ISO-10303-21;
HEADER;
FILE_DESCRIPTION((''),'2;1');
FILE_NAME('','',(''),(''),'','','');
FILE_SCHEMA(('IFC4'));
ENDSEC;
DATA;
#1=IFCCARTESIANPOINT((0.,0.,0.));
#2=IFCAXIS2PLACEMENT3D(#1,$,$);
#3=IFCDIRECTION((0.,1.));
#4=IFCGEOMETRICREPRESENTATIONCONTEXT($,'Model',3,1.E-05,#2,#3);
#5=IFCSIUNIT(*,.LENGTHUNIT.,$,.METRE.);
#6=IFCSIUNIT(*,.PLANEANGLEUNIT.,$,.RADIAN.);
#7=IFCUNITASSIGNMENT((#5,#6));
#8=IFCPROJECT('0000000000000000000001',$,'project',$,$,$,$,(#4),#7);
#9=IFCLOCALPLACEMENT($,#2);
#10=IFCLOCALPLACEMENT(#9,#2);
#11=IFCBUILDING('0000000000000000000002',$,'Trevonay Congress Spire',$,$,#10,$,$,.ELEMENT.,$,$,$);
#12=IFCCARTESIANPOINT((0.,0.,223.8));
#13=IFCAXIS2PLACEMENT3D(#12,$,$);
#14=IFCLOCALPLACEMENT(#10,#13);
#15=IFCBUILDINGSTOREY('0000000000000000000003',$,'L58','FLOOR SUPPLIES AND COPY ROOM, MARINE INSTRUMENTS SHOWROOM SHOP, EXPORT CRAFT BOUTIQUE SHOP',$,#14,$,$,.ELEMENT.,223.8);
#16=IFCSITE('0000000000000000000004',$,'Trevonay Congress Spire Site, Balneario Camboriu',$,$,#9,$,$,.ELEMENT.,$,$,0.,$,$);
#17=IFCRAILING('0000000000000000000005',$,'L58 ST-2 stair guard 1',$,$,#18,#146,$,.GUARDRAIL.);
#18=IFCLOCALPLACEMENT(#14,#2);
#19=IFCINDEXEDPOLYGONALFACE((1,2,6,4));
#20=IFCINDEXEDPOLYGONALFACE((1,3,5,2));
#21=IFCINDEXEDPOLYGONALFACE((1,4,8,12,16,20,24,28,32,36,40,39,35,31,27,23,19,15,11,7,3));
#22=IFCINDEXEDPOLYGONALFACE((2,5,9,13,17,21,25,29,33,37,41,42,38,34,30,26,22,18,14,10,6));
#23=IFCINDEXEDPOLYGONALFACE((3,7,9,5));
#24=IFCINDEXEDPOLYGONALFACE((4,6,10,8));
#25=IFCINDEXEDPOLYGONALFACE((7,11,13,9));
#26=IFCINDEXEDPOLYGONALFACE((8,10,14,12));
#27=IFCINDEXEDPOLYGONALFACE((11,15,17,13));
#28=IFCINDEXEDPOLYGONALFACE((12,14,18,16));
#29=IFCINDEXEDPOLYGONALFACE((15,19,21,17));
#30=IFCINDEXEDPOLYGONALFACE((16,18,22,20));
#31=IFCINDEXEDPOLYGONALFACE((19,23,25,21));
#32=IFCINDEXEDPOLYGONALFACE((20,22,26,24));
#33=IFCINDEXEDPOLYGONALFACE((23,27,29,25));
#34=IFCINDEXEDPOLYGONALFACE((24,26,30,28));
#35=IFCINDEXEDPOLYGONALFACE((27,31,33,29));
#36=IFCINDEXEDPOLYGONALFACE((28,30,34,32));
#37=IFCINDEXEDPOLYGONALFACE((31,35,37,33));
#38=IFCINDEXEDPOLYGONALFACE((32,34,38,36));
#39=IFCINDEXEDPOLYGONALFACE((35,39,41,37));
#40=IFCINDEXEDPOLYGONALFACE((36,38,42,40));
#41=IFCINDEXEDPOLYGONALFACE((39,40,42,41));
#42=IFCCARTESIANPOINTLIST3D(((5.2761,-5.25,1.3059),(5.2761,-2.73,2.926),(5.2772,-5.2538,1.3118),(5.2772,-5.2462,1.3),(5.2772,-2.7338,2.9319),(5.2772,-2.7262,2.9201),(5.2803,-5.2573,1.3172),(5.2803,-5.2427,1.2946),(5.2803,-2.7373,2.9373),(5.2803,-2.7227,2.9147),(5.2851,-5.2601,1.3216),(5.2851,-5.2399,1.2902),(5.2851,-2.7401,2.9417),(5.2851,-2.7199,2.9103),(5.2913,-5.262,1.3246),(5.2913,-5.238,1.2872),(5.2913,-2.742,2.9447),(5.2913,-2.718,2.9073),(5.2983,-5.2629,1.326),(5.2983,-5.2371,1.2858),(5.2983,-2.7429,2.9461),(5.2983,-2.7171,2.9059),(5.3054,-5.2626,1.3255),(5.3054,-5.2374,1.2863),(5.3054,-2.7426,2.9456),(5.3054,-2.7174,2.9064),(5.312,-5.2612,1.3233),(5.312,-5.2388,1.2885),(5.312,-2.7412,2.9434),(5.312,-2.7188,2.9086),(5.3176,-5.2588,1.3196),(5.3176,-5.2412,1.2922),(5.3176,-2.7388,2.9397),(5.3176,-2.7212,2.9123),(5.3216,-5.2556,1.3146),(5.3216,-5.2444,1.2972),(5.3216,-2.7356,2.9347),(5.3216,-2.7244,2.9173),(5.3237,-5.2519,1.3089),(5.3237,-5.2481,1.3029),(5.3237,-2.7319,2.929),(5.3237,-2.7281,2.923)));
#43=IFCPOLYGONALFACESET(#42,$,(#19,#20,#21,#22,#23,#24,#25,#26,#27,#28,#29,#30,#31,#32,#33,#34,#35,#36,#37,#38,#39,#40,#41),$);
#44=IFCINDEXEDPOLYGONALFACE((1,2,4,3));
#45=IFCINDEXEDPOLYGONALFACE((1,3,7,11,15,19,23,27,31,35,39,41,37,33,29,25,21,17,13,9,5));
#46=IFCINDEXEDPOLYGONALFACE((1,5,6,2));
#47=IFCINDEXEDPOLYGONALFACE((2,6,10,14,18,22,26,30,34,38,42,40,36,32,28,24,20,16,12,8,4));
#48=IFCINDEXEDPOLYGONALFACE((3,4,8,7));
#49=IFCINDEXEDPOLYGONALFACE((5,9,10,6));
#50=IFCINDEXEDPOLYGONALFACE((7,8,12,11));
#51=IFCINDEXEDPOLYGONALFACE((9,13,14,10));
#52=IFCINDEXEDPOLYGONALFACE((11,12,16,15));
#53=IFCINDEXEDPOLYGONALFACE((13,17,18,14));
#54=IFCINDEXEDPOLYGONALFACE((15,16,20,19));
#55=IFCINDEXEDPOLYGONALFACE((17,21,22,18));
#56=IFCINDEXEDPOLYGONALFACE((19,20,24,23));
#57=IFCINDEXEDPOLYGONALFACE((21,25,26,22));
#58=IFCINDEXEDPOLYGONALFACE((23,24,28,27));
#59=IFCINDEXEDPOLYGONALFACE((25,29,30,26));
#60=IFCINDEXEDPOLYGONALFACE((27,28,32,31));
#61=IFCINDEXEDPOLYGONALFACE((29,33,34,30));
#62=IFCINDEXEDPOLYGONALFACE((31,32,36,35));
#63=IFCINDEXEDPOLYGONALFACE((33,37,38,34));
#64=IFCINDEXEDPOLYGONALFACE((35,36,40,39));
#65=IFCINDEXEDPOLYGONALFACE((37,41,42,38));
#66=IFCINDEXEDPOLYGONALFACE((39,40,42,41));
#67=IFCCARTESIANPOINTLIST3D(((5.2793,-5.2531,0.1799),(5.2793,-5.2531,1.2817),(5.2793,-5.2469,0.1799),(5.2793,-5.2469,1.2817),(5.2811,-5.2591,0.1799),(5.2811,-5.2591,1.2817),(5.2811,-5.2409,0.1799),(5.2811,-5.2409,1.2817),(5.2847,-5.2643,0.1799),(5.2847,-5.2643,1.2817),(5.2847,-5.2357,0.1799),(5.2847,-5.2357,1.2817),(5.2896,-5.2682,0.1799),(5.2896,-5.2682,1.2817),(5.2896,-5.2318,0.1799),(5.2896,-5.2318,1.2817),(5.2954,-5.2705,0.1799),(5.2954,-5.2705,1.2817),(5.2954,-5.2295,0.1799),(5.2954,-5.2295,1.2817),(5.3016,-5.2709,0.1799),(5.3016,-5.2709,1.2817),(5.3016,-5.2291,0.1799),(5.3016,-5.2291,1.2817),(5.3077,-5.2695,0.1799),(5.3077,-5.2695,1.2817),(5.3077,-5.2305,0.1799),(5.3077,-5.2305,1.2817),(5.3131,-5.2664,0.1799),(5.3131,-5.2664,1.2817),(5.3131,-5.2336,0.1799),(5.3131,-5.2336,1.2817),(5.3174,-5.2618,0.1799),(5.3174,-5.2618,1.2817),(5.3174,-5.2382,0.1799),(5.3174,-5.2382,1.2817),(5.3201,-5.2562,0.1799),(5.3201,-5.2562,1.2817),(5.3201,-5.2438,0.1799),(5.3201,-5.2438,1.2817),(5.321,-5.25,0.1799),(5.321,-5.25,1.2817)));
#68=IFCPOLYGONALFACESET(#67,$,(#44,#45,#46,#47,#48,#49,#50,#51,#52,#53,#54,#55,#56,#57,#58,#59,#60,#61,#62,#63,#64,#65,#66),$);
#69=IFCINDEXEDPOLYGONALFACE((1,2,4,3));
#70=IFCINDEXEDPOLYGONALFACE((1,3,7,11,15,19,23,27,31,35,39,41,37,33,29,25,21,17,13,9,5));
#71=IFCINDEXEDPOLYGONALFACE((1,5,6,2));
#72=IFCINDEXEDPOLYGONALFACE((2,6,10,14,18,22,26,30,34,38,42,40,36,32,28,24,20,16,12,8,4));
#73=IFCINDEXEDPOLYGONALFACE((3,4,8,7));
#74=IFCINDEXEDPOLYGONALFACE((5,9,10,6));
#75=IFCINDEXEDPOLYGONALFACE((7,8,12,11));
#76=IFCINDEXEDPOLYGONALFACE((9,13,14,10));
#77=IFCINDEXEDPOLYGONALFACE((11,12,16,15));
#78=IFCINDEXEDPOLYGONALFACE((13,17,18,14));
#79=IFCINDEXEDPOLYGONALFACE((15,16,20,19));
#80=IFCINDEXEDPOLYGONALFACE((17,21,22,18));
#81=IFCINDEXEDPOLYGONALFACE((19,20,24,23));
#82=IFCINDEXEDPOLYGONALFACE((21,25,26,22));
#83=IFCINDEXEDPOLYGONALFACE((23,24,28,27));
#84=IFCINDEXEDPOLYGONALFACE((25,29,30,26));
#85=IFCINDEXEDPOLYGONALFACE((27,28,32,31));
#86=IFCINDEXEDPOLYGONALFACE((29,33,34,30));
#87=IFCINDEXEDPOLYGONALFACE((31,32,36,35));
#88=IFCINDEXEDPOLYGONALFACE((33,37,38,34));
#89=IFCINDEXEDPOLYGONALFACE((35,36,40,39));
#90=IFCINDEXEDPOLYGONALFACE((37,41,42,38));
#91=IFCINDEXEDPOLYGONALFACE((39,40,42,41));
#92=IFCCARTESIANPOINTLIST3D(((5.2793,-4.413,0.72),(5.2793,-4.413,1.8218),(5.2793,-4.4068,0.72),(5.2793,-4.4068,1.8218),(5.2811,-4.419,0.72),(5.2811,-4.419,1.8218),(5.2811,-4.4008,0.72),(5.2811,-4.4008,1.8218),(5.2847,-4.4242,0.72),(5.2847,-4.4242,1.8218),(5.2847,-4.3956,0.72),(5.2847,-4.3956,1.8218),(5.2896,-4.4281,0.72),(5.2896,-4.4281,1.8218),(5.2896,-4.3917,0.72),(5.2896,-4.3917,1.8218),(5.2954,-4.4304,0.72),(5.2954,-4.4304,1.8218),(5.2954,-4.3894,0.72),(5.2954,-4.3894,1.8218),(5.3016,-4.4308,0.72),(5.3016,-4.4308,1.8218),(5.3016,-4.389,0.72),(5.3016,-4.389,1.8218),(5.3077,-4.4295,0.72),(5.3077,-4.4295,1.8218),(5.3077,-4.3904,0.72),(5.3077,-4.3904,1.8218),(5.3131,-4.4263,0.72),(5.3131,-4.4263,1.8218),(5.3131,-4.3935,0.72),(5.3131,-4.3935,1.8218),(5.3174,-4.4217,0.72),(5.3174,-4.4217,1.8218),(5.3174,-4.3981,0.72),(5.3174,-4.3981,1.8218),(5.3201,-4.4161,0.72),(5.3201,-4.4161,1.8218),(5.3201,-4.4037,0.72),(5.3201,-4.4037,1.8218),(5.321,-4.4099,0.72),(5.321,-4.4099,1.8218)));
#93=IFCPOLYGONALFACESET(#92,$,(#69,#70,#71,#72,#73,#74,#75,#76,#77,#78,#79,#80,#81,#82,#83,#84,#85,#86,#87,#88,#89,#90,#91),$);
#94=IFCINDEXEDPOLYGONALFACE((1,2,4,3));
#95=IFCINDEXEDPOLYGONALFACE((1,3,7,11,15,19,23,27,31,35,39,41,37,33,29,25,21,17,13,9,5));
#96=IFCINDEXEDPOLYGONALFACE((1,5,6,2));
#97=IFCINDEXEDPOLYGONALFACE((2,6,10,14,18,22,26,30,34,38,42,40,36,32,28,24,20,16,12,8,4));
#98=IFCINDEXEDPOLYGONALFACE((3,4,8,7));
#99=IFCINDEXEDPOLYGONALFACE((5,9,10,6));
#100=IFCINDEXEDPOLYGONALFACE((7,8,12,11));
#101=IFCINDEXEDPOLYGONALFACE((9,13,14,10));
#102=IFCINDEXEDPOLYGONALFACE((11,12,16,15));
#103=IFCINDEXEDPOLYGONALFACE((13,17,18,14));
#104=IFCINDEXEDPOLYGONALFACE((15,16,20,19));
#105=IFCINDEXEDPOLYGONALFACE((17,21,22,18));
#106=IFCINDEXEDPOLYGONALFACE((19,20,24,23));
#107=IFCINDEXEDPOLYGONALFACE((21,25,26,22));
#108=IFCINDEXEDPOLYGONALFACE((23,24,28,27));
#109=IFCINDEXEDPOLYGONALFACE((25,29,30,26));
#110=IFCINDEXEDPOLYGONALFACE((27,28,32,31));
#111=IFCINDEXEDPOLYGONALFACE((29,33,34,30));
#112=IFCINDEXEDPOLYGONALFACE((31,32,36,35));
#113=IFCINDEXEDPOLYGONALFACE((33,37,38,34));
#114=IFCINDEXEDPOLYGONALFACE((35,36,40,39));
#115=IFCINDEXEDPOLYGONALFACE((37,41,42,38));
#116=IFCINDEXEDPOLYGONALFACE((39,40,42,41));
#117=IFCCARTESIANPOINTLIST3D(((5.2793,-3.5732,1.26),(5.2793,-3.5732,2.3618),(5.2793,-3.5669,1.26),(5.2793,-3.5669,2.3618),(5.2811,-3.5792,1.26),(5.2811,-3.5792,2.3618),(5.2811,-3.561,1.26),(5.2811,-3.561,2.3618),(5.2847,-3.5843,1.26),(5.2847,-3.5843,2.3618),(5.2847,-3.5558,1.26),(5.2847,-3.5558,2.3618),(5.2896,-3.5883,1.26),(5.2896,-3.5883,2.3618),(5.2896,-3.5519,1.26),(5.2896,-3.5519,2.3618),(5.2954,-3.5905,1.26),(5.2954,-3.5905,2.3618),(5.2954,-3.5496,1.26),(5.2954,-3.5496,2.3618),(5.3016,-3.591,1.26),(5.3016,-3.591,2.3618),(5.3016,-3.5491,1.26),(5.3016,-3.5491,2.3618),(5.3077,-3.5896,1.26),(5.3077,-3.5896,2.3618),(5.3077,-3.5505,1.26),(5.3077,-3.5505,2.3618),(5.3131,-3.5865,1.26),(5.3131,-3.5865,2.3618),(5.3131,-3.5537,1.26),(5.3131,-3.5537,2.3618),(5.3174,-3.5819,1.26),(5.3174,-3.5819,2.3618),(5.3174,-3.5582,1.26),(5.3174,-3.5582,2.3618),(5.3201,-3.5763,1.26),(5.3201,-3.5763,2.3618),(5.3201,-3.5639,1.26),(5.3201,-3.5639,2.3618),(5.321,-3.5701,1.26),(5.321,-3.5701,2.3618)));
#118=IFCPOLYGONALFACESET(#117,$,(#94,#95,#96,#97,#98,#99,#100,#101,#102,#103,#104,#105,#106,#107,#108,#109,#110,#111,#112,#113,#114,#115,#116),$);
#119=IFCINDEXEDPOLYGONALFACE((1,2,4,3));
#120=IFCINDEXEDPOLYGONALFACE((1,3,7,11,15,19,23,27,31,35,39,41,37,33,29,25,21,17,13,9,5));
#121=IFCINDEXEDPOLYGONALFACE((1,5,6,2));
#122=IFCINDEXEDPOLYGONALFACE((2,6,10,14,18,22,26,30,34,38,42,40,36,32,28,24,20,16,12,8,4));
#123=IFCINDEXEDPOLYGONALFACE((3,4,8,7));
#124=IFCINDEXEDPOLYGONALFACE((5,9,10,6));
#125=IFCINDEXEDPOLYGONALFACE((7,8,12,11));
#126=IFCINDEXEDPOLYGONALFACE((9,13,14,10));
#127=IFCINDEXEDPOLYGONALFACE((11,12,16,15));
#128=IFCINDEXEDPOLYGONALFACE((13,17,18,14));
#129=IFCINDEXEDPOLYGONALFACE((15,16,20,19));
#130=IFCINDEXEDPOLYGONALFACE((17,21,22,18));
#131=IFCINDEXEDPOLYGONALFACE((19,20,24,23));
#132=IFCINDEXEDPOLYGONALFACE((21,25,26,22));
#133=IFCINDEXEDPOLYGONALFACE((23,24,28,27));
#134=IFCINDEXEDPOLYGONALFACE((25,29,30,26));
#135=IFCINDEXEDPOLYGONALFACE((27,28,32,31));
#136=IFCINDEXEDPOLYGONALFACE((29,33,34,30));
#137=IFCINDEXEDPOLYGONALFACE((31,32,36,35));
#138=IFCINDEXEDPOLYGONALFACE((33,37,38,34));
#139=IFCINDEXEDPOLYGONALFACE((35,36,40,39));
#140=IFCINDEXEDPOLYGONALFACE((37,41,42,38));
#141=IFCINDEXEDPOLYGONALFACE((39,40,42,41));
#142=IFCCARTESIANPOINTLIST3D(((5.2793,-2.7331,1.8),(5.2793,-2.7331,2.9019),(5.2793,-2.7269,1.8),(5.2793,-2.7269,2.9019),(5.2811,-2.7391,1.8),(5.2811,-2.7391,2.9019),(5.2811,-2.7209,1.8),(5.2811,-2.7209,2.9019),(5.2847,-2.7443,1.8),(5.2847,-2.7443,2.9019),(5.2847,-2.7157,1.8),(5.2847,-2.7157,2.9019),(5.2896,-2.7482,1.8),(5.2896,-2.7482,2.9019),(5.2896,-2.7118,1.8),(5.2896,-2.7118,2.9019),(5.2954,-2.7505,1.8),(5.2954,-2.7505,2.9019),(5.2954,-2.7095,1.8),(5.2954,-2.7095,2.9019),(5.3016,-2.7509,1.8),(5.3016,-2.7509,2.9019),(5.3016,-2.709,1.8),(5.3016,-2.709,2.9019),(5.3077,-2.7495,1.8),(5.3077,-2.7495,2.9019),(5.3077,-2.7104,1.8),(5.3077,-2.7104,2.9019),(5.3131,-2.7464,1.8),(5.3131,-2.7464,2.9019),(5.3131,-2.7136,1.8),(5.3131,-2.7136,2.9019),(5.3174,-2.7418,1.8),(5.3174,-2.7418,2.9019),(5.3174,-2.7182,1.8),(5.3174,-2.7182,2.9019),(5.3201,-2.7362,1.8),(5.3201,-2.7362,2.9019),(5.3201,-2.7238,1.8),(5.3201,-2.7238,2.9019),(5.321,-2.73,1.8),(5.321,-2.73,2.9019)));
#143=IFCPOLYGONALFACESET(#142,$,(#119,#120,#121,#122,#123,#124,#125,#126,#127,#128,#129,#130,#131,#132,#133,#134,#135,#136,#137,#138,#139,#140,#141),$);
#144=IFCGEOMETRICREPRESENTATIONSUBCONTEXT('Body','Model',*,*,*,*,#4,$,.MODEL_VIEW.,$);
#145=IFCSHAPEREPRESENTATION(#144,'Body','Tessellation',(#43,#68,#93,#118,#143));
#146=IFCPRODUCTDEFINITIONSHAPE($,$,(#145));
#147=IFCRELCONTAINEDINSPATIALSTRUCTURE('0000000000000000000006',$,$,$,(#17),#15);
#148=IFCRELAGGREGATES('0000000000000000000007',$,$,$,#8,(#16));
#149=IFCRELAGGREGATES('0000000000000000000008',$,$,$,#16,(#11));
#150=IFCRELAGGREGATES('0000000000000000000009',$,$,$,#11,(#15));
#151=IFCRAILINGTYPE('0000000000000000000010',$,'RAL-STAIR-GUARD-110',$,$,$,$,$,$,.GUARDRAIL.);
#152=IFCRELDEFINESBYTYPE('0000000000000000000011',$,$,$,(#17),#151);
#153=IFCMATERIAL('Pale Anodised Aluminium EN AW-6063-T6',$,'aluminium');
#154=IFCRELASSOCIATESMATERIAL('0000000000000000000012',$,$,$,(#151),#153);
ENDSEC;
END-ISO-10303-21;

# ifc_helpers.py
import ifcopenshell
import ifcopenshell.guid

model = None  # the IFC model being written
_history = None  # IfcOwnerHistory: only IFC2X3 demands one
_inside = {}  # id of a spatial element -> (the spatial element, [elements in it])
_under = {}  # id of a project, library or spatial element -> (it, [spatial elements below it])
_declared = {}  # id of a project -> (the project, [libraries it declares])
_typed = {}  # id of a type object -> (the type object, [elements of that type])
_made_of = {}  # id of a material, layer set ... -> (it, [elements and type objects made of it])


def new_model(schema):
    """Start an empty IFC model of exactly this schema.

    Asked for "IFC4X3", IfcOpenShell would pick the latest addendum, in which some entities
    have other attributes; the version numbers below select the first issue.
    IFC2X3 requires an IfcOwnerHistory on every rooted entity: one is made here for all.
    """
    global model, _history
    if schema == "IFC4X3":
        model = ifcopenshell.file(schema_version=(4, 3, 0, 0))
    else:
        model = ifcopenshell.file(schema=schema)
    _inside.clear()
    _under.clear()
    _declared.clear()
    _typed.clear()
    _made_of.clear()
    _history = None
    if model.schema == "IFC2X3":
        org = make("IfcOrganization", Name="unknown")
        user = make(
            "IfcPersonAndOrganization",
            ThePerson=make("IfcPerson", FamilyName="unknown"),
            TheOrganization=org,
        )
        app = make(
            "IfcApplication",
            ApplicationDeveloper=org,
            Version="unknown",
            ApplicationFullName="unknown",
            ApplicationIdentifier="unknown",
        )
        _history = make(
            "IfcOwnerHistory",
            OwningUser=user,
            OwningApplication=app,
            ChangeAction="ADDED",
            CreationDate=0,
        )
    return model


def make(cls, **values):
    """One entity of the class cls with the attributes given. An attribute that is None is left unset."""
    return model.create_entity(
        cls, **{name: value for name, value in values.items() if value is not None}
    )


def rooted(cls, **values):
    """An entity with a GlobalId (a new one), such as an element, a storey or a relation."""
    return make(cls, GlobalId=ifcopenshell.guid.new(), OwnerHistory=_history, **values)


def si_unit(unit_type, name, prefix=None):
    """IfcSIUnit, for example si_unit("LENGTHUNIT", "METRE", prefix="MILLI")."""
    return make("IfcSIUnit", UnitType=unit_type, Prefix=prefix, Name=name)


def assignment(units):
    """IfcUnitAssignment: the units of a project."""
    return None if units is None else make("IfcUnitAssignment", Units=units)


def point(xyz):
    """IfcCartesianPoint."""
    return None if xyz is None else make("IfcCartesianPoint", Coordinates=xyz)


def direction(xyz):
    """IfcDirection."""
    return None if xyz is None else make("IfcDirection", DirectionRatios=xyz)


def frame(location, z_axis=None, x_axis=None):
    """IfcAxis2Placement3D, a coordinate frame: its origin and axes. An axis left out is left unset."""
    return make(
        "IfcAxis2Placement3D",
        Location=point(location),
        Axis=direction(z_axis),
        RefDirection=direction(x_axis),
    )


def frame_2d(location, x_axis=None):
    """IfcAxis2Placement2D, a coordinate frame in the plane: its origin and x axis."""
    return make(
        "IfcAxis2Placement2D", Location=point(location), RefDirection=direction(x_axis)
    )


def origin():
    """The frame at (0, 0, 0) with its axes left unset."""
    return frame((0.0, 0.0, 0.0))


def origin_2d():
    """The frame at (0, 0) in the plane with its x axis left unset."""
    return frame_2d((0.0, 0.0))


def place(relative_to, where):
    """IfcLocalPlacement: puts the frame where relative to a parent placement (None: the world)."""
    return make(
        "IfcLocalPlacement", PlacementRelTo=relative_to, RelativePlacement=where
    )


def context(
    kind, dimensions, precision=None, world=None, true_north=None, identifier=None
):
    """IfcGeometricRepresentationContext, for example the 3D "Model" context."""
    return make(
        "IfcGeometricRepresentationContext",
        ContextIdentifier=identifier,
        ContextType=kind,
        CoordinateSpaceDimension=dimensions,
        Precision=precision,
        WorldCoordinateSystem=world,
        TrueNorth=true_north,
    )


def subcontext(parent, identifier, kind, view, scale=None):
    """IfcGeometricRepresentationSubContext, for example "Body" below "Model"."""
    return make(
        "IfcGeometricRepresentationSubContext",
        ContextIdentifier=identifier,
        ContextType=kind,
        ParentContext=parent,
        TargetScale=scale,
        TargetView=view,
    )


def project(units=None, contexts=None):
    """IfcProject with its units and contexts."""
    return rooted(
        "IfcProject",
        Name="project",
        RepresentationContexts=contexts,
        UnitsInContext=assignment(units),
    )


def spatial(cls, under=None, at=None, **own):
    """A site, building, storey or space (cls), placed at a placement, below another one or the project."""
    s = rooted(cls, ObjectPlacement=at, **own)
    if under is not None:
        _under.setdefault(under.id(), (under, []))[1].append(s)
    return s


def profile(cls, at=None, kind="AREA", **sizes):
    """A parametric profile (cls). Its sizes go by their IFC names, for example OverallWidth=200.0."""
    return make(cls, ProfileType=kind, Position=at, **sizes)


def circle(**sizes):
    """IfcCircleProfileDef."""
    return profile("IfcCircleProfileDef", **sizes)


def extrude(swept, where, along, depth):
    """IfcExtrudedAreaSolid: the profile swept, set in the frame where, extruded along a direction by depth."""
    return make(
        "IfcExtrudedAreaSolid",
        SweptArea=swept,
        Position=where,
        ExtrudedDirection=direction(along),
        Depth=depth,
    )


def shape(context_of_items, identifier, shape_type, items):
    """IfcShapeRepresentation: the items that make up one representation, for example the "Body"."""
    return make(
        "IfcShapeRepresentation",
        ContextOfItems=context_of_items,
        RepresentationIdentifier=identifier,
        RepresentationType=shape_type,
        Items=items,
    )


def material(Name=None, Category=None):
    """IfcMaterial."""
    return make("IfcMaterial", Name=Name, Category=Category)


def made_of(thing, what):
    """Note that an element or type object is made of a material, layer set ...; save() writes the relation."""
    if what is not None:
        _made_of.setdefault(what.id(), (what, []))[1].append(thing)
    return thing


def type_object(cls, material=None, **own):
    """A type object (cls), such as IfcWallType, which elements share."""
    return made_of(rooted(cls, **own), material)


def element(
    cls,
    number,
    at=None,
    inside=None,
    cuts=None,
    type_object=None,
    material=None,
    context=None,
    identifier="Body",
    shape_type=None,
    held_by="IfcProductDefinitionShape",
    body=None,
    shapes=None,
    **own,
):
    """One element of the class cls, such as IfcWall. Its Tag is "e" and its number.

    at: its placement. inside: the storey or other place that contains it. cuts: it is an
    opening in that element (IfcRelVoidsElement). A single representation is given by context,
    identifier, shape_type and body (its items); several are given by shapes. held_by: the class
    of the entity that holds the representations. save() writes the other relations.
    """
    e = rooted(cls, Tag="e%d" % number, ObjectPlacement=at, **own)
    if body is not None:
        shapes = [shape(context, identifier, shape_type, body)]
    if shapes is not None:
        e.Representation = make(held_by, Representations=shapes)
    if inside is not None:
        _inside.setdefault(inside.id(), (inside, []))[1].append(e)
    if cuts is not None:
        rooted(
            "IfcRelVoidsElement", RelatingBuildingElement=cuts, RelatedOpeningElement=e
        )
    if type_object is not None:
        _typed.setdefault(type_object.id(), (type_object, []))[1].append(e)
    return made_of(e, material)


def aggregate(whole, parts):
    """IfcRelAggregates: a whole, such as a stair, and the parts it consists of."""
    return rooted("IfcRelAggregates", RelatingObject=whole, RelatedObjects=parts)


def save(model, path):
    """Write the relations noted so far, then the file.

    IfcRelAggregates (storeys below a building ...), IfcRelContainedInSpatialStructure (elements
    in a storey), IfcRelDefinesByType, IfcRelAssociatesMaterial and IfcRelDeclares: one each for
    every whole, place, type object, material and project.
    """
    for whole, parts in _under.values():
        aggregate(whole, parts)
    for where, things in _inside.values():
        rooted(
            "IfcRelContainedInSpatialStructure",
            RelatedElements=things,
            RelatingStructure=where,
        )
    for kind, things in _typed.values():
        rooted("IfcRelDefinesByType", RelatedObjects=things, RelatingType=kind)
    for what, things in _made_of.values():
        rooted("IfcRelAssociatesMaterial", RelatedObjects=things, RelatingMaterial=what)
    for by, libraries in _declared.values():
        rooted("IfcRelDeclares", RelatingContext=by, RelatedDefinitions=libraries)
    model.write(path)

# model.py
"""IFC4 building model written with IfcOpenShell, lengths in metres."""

from ifc_helpers import new_model, si_unit, direction, frame, origin, origin_2d, place, context, subcontext, project, spatial, circle, extrude, material, type_object, element, save


model = new_model("IFC4")

# Units and contexts
model_context = context("Model", 3, precision=1e-05, world=origin(), true_north=direction((0.0, 1.0)))
body_context = subcontext(model_context, "Body", "Model", "MODEL_VIEW")
ifc_project = project(units=[si_unit("LENGTHUNIT", "METRE"), si_unit("PLANEANGLEUNIT", "RADIAN")], contexts=[model_context])

# Site, building, storey
site_placement = place(None, origin())
site = spatial("IfcSite", under=ifc_project, at=site_placement, Name="Trevonay Congress Spire Site, Balneario Camboriu", CompositionType="ELEMENT", RefElevation=0.0)
building_placement = place(site_placement, origin())
building = spatial("IfcBuilding", under=site, at=building_placement, Name="Trevonay Congress Spire", CompositionType="ELEMENT")
storey_placement = place(building_placement, frame((0.0, 0.0, 223.8)))
storey = spatial("IfcBuildingStorey", under=building, at=storey_placement, Name="L58", Description="FLOOR SUPPLIES AND COPY ROOM, MARINE INSTRUMENTS SHOWROOM SHOP, EXPORT CRAFT BOUTIQUE SHOP", CompositionType="ELEMENT", Elevation=223.8)

# Shared definitions
ifc_material_1 = material(Name="Pale Anodised Aluminium EN AW-6063-T6", Category="aluminium")

# Railing
railing_type_1 = type_object("IfcRailingType", Name="RAL-STAIR-GUARD-110", PredefinedType="GUARDRAIL", material=ifc_material_1)
railing_1_placement = place(storey_placement, frame((5.3, -5.25, 0.1799)))
element("IfcRailing", 1, at=railing_1_placement, inside=storey, type_object=railing_type_1, Name="L58 ST-2 stair guard 1", PredefinedType="GUARDRAIL", context=body_context, shape_type="SweptSolid", body=[
    extrude(circle(Radius=0.0239, at=origin_2d()), frame((0.0, 0.0, 1.126), z_axis=(0.0, 0.841163, 0.540782), x_axis=(-1.0, 0.0, 0.0)), (0.0, 0.0, 1.0), 2.9958),
    extrude(circle(Radius=0.021, at=origin_2d()), origin(), (0.0, 0.0, 1.0), 1.1018),
    extrude(circle(Radius=0.021, at=origin_2d()), frame((0.0, 0.8401, 0.54)), (0.0, 0.0, 1.0), 1.1018),
    extrude(circle(Radius=0.021, at=origin_2d()), frame((0.0, 1.6799, 1.0801)), (0.0, 0.0, 1.0), 1.1018),
    extrude(circle(Radius=0.021, at=origin_2d()), frame((0.0, 2.52, 1.6201)), (0.0, 0.0, 1.0), 1.1018),
])

save(model, "model.ifc")
